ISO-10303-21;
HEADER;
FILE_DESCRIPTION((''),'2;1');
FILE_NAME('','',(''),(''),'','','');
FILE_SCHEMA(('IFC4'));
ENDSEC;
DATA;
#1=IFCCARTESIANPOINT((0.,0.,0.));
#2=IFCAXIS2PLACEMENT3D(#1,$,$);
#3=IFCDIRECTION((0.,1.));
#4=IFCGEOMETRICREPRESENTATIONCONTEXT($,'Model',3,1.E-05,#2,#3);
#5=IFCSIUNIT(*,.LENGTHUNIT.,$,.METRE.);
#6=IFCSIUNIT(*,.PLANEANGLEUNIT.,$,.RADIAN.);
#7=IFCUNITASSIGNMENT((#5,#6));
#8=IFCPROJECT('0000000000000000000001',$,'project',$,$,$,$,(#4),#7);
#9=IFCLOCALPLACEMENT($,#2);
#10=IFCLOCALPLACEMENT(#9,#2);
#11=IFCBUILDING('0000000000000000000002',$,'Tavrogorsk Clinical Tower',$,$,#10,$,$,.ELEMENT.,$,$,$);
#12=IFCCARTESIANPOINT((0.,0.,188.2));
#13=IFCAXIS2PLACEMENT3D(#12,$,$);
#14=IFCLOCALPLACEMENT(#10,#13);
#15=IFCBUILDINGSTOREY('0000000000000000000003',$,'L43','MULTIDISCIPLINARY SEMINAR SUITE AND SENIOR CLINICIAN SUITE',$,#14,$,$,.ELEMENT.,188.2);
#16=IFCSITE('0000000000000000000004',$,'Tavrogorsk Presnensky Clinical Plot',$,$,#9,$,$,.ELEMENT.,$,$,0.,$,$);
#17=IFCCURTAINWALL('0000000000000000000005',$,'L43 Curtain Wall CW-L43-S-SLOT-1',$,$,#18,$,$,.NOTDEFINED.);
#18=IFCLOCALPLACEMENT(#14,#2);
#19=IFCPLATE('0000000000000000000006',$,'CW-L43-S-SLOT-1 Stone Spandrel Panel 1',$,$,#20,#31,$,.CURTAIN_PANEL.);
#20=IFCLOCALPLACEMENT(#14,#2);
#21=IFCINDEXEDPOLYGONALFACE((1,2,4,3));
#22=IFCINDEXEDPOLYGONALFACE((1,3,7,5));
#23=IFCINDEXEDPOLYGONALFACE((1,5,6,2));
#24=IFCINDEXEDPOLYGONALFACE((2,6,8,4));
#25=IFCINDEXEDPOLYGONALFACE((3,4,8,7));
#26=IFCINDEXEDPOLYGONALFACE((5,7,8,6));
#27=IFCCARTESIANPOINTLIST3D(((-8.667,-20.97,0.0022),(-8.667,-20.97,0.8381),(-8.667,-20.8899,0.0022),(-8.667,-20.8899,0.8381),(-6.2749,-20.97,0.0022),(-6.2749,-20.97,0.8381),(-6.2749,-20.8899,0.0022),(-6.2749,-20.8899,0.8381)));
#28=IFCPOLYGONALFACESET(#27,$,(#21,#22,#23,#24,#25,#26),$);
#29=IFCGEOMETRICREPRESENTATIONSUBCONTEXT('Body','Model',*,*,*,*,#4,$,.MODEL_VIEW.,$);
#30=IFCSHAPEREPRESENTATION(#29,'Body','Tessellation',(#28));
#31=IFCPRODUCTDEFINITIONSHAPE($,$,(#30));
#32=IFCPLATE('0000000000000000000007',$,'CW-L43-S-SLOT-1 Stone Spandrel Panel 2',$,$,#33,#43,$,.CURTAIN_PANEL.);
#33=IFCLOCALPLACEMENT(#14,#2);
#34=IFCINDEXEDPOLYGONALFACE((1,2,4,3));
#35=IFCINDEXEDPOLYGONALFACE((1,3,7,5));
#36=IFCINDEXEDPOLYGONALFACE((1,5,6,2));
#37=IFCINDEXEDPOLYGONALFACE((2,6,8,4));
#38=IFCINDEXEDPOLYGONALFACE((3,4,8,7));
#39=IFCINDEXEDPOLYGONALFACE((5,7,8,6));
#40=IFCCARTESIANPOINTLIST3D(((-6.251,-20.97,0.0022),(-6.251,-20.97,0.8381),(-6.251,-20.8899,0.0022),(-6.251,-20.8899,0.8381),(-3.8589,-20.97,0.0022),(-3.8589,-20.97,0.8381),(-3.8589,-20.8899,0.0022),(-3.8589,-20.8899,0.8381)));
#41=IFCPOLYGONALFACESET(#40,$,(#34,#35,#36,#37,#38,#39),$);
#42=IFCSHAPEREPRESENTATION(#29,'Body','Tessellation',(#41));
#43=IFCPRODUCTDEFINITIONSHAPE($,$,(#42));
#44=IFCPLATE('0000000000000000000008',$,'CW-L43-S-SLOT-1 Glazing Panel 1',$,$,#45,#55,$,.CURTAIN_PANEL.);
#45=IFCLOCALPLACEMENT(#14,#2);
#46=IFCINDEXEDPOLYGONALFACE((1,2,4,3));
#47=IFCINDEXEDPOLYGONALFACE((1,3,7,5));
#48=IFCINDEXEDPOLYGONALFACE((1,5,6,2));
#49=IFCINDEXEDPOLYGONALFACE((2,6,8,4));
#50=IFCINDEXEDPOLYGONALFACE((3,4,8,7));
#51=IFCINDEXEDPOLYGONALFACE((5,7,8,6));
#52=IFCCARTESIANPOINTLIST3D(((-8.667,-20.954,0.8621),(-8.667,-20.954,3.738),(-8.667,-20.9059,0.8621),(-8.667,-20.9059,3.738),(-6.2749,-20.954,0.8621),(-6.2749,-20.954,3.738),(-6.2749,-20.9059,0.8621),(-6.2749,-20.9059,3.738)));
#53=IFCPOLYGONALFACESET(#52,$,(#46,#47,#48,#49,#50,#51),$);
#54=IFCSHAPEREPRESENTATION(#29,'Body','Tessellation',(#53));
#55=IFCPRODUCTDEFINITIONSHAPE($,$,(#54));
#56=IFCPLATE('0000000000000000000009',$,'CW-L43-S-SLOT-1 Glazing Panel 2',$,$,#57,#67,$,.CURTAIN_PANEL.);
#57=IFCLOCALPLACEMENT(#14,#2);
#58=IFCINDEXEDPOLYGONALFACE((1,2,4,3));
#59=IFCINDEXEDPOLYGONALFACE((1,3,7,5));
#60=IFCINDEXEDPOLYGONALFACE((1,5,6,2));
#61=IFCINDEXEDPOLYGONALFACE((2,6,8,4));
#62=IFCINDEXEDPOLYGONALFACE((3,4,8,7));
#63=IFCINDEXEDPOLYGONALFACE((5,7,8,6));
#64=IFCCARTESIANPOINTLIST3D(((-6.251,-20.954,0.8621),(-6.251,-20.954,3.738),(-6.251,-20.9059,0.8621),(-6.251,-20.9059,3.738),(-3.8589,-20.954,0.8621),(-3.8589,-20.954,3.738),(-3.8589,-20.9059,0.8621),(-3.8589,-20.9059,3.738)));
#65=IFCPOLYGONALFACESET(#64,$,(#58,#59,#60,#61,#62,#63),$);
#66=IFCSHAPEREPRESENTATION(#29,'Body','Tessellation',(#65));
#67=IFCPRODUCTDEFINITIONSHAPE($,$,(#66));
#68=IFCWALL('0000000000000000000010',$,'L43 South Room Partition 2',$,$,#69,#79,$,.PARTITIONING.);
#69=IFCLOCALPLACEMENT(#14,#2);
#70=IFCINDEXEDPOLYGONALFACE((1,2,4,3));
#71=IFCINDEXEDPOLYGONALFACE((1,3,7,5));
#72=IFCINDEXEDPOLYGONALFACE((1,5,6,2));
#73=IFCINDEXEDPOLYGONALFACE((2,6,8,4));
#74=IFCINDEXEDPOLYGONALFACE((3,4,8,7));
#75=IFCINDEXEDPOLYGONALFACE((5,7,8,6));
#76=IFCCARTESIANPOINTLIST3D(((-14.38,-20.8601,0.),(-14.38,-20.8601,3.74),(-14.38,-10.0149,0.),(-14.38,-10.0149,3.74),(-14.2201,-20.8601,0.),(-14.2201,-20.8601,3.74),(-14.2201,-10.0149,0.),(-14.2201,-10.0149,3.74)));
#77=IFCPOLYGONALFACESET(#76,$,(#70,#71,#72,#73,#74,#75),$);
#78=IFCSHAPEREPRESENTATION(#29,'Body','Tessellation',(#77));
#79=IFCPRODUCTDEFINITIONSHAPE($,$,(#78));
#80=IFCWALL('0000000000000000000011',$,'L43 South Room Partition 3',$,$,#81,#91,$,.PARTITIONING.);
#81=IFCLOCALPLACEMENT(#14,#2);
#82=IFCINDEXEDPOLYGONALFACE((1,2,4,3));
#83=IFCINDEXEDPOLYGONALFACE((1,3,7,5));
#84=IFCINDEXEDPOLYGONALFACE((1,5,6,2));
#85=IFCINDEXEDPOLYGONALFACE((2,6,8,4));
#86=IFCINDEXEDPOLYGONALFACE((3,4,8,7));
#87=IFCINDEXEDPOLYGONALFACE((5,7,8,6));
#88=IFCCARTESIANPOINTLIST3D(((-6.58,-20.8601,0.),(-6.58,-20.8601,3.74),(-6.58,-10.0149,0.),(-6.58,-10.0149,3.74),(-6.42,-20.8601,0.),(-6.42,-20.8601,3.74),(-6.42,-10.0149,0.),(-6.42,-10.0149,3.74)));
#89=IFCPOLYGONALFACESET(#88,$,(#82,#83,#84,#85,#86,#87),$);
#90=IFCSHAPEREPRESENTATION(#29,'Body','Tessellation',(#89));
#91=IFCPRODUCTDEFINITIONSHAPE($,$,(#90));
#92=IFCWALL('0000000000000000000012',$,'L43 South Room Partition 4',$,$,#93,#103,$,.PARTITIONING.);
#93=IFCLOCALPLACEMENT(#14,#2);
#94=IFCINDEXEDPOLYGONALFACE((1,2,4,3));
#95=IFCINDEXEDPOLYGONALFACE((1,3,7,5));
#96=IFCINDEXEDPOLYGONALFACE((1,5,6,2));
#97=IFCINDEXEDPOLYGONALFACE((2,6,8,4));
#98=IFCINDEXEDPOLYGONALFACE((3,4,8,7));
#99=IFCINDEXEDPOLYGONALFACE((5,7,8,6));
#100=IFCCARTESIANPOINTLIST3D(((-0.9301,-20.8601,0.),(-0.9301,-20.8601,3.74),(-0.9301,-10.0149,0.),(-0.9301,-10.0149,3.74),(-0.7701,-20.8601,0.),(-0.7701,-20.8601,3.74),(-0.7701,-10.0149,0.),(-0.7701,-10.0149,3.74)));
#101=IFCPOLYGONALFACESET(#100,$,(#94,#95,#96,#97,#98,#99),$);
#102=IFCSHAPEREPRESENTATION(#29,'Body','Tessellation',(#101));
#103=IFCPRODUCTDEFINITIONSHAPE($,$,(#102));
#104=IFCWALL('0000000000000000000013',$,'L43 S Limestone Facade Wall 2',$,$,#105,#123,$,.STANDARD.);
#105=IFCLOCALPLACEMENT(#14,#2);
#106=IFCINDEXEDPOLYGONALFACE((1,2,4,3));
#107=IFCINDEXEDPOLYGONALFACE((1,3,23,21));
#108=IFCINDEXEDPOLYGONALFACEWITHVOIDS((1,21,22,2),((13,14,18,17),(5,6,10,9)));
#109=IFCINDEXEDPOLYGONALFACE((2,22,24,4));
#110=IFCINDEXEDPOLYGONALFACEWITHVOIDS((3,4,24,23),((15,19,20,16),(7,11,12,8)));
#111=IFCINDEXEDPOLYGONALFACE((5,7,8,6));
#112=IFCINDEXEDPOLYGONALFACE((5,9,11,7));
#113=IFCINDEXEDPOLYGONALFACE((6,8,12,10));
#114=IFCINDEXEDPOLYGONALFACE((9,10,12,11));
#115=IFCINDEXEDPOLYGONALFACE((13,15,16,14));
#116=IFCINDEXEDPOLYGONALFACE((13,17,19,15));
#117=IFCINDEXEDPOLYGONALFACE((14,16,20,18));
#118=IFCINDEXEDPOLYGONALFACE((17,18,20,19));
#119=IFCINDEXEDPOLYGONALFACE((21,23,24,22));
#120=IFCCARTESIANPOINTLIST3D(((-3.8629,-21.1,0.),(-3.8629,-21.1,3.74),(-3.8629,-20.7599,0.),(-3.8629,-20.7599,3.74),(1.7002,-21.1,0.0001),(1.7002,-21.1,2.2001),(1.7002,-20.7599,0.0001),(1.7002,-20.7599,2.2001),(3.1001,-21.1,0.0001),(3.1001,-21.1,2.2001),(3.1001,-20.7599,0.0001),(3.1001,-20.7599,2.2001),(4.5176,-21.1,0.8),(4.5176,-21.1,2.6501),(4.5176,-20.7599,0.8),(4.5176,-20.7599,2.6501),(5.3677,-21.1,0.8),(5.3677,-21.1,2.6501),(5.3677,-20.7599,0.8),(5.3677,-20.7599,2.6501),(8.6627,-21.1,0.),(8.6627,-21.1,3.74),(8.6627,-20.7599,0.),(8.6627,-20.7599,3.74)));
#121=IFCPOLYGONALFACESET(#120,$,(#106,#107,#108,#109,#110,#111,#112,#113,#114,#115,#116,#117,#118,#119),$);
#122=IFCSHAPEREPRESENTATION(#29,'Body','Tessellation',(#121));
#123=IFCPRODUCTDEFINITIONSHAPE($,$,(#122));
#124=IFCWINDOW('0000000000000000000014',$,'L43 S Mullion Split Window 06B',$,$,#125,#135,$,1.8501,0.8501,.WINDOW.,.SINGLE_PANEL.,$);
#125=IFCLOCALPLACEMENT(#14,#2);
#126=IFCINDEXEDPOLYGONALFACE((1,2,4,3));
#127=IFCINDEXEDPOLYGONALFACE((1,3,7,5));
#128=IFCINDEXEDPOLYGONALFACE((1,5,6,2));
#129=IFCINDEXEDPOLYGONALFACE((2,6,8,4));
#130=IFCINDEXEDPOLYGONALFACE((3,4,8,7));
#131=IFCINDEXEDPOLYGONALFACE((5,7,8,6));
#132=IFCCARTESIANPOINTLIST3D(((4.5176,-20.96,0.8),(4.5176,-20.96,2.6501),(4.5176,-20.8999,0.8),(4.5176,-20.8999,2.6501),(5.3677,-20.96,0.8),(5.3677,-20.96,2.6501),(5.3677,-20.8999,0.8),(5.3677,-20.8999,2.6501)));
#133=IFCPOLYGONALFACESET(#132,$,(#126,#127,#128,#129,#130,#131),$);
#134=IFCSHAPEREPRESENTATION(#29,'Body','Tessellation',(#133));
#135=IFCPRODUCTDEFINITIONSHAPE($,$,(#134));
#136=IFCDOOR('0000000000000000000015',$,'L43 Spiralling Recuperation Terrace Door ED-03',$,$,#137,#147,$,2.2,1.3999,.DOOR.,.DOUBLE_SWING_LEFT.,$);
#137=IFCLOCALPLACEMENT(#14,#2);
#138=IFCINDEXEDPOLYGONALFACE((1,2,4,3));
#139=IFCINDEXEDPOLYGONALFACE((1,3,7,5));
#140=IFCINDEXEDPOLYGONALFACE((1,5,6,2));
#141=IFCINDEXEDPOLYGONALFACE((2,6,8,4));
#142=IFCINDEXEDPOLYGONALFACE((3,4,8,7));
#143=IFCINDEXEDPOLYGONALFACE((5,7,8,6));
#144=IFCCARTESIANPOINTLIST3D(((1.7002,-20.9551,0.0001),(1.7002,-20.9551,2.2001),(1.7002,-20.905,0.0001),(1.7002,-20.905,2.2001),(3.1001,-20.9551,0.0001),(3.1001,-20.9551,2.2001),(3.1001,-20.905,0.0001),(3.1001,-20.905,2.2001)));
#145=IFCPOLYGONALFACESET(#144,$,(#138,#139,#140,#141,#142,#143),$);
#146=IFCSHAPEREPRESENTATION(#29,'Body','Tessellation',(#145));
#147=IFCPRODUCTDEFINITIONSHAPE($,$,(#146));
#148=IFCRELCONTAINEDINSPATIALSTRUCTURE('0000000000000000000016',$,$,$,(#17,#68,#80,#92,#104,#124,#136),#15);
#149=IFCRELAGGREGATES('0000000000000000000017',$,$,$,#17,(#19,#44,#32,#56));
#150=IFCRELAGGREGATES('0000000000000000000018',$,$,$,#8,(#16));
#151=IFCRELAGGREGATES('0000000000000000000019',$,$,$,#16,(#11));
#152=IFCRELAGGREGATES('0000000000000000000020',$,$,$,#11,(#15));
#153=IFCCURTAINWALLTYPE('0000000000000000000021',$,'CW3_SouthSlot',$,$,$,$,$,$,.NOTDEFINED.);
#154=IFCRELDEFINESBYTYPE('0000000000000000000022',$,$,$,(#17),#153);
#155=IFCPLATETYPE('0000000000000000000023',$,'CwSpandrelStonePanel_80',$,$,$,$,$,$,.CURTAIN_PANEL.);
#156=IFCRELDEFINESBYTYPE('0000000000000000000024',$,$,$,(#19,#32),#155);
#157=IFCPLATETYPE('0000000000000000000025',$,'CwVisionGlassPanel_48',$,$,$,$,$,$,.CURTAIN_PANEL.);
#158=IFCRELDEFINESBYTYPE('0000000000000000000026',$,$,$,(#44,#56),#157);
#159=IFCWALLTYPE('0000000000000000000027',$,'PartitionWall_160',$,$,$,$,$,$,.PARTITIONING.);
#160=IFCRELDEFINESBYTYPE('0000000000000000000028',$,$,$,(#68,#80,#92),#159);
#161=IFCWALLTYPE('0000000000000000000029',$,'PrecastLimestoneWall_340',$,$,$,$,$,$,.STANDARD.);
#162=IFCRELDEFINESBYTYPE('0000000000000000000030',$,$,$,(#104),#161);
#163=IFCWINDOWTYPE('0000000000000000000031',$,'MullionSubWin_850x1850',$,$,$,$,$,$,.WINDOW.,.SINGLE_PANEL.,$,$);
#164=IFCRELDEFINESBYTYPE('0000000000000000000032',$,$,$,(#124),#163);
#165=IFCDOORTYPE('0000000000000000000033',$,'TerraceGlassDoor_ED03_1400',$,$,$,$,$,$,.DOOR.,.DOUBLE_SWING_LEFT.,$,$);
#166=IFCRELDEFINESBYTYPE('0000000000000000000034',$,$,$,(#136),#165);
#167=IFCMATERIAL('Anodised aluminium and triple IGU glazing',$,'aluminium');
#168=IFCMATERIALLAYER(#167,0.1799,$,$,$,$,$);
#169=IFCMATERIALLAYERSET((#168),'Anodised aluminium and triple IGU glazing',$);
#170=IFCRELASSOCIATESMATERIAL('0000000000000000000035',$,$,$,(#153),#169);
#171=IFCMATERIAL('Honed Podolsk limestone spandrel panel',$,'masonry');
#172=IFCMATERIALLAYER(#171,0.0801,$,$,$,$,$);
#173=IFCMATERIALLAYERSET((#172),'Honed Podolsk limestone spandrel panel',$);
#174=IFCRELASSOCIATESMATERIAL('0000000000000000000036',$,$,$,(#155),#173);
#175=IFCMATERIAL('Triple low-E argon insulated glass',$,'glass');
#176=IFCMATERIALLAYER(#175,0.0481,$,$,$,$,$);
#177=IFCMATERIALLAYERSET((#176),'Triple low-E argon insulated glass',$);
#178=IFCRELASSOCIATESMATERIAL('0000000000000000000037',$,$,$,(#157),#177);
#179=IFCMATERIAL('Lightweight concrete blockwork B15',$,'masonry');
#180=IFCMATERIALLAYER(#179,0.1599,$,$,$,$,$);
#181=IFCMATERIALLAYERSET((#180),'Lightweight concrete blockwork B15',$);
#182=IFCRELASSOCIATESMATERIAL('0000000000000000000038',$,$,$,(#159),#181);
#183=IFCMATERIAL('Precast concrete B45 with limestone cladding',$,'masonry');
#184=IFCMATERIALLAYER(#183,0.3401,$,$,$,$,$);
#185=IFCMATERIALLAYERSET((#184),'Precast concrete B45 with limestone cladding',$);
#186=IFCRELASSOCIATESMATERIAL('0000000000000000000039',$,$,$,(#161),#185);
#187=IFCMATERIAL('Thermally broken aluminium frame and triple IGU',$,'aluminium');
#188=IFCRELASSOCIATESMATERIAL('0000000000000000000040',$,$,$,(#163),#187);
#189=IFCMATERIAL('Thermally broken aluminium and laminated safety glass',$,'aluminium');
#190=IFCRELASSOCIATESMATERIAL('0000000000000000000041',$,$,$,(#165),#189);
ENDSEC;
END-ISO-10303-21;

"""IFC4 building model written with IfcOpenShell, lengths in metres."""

from ifc_helpers import new_model, si_unit, direction, frame, frame_2d, origin, origin_2d, place, context, subcontext, project, spatial, rectangle, extrude, material, layer, layer_set, type_object, element, fill, aggregate, save


model = new_model("IFC4")

# Units and contexts
model_context = context("Model", 3, precision=1e-05, world=origin(), true_north=direction((0.0, 1.0)))
body_context = subcontext(model_context, "Body", "Model", "MODEL_VIEW")
ifc_project = project(units=[si_unit("LENGTHUNIT", "METRE"), si_unit("PLANEANGLEUNIT", "RADIAN")], contexts=[model_context])

# Site, building, storey
site_placement = place(None, origin())
site = spatial("IfcSite", under=ifc_project, at=site_placement, Name="Tavrogorsk Presnensky Clinical Plot", CompositionType="ELEMENT", RefElevation=0.0)
building_placement = place(site_placement, origin())
building = spatial("IfcBuilding", under=site, at=building_placement, Name="Tavrogorsk Clinical Tower", CompositionType="ELEMENT")
storey_placement = place(building_placement, frame((0.0, 0.0, 188.2)))
storey = spatial("IfcBuildingStorey", under=building, at=storey_placement, Name="L43", Description="MULTIDISCIPLINARY SEMINAR SUITE AND SENIOR CLINICIAN SUITE", CompositionType="ELEMENT", Elevation=188.2)

# Curtain wall
ifc_material_1 = material(Name="Anodised aluminium and triple IGU glazing", Category="aluminium")
ifc_layer_1 = layer(ifc_material_1, 0.1799)
ifc_layer_set_1 = layer_set([ifc_layer_1], Name="Anodised aluminium and triple IGU glazing")
curtain_wall_type = type_object("IfcCurtainWallType", Name="CW3_SouthSlot", PredefinedType="NOTDEFINED", material=ifc_layer_set_1)
curtain_wall_placement = place(storey_placement, origin())
curtain_wall = element("IfcCurtainWall", 1, at=curtain_wall_placement, inside=storey, type_object=curtain_wall_type, Name="L43 Curtain Wall CW-L43-S-SLOT-1", PredefinedType="NOTDEFINED")

# Plates
ifc_material_2 = material(Name="Honed Podolsk limestone spandrel panel", Category="masonry")
ifc_layer_2 = layer(ifc_material_2, 0.0801)
ifc_layer_set_2 = layer_set([ifc_layer_2], Name="Honed Podolsk limestone spandrel panel")
plate_type_1 = type_object("IfcPlateType", Name="CwSpandrelStonePanel_80", PredefinedType="CURTAIN_PANEL", material=ifc_layer_set_2)
plate_1_placement = place(storey_placement, frame((-7.4709, -20.9299, 0.0022), z_axis=(0.0, 0.0, 1.0), x_axis=(1.0, 0.0, 0.0)))
plate_1 = element("IfcPlate", 2, at=plate_1_placement, type_object=plate_type_1, Name="CW-L43-S-SLOT-1 Stone Spandrel Panel 1", PredefinedType="CURTAIN_PANEL", context=body_context, shape_type="SweptSolid", body=[
    extrude(rectangle(XDim=2.3921, YDim=0.0801, at=origin_2d()), origin(), (0.0, 0.0, 1.0), 0.8359),
])
plate_2_placement = place(storey_placement, frame((-5.0549, -20.9299, 0.0022), z_axis=(0.0, 0.0, 1.0), x_axis=(1.0, 0.0, 0.0)))
plate_2 = element("IfcPlate", 3, at=plate_2_placement, type_object=plate_type_1, Name="CW-L43-S-SLOT-1 Stone Spandrel Panel 2", PredefinedType="CURTAIN_PANEL", context=body_context, shape_type="SweptSolid", body=[
    extrude(rectangle(XDim=2.3921, YDim=0.0801, at=origin_2d()), origin(), (0.0, 0.0, 1.0), 0.8359),
])
ifc_material_3 = material(Name="Triple low-E argon insulated glass", Category="glass")
ifc_layer_3 = layer(ifc_material_3, 0.0481)
ifc_layer_set_3 = layer_set([ifc_layer_3], Name="Triple low-E argon insulated glass")
plate_type_2 = type_object("IfcPlateType", Name="CwVisionGlassPanel_48", PredefinedType="CURTAIN_PANEL", material=ifc_layer_set_3)
plate_3_placement = place(storey_placement, frame((-7.4709, -20.9299, 0.8621), z_axis=(0.0, 0.0, 1.0), x_axis=(1.0, 0.0, 0.0)))
plate_3 = element("IfcPlate", 4, at=plate_3_placement, type_object=plate_type_2, Name="CW-L43-S-SLOT-1 Glazing Panel 1", PredefinedType="CURTAIN_PANEL", context=body_context, shape_type="SweptSolid", body=[
    extrude(rectangle(XDim=2.3921, YDim=0.0481, at=origin_2d()), origin(), (0.0, 0.0, 1.0), 2.876),
])
plate_4_placement = place(storey_placement, frame((-5.0549, -20.9299, 0.8621), z_axis=(0.0, 0.0, 1.0), x_axis=(1.0, 0.0, 0.0)))
plate_4 = element("IfcPlate", 5, at=plate_4_placement, type_object=plate_type_2, Name="CW-L43-S-SLOT-1 Glazing Panel 2", PredefinedType="CURTAIN_PANEL", context=body_context, shape_type="SweptSolid", body=[
    extrude(rectangle(XDim=2.3921, YDim=0.0481, at=origin_2d()), origin(), (0.0, 0.0, 1.0), 2.876),
])
aggregate(curtain_wall, [plate_1, plate_3, plate_2, plate_4])

# Walls
ifc_material_4 = material(Name="Lightweight concrete blockwork B15", Category="masonry")
ifc_layer_4 = layer(ifc_material_4, 0.1599)
ifc_layer_set_4 = layer_set([ifc_layer_4], Name="Lightweight concrete blockwork B15")
wall_type_1 = type_object("IfcWallType", Name="PartitionWall_160", PredefinedType="PARTITIONING", material=ifc_layer_set_4)
for number, where, z_axis, x_axis, name in (
    (6, (-14.3, -20.8601, 0.0), (0.0, 0.0, 1.0), (0.0, 1.0, 0.0), "L43 South Room Partition 2"),
    (7, (-6.5, -20.8601, 0.0), (0.0, 0.0, 1.0), (0.0, 1.0, 0.0), "L43 South Room Partition 3"),
    (8, (-0.8501, -20.8601, 0.0), (0.0, 0.0, 1.0), (0.0, 1.0, 0.0), "L43 South Room Partition 4"),
):
    element("IfcWall", number, at=place(storey_placement, frame(where, z_axis=z_axis, x_axis=x_axis)), inside=storey, type_object=wall_type_1, Name=name, PredefinedType="PARTITIONING", context=body_context, shape_type="SweptSolid", body=[
        extrude(rectangle(XDim=10.8452, YDim=0.1599, at=frame_2d((5.4226, 0.0))), origin(), (0.0, 0.0, 1.0), 3.74),
    ])

# Wall, openings, window, door
ifc_material_5 = material(Name="Precast concrete B45 with limestone cladding", Category="masonry")
ifc_layer_5 = layer(ifc_material_5, 0.3401)
ifc_layer_set_5 = layer_set([ifc_layer_5], Name="Precast concrete B45 with limestone cladding")
wall_type_2 = type_object("IfcWallType", Name="PrecastLimestoneWall_340", PredefinedType="STANDARD", material=ifc_layer_set_5)
wall_placement = place(storey_placement, frame((-3.8628, -20.9299, 0.0), z_axis=(0.0, 0.0, 1.0), x_axis=(1.0, 0.0, 0.0)))
wall = element("IfcWall", 9, at=wall_placement, inside=storey, type_object=wall_type_2, Name="L43 S Limestone Facade Wall 2", PredefinedType="STANDARD", context=body_context, shape_type="SweptSolid", body=[
    extrude(rectangle(XDim=12.5256, YDim=0.3401, at=frame_2d((6.2627, 0.0))), origin(), (0.0, 0.0, 1.0), 3.74),
])
opening_1_placement = place(wall_placement, frame((5.563, 0.0, 0.0)))
opening_1 = element("IfcOpeningElement", 10, at=opening_1_placement, cuts=wall, PredefinedType="OPENING", context=body_context, shape_type="SweptSolid", body=[
    extrude(rectangle(XDim=1.3999, YDim=2.2, at=frame_2d((0.7, 1.1001))), frame((0.0, 0.1799, 0.0), z_axis=(0.0, -1.0, 0.0), x_axis=(1.0, 0.0, 0.0)), (0.0, 0.0, 1.0), 0.3601),
])
opening_2_placement = place(wall_placement, frame((8.3804, 0.0, 0.8)))
opening_2 = element("IfcOpeningElement", 11, at=opening_2_placement, cuts=wall, PredefinedType="OPENING", context=body_context, shape_type="SweptSolid", body=[
    extrude(rectangle(XDim=0.8501, YDim=1.8501, at=frame_2d((0.425, 0.925))), frame((0.0, 0.1799, 0.0), z_axis=(0.0, -1.0, 0.0), x_axis=(1.0, 0.0, 0.0)), (0.0, 0.0, 1.0), 0.3601),
])
ifc_material_6 = material(Name="Thermally broken aluminium frame and triple IGU", Category="aluminium")
window_type = type_object("IfcWindowType", Name="MullionSubWin_850x1850", PartitioningType="SINGLE_PANEL", PredefinedType="WINDOW", material=ifc_material_6)
window_placement = place(opening_2_placement, origin())
window = element("IfcWindow", 12, at=window_placement, inside=storey, type_object=window_type, Name="L43 S Mullion Split Window 06B", OverallHeight=1.8501, OverallWidth=0.8501, PartitioningType="SINGLE_PANEL", PredefinedType="WINDOW", context=body_context, shape_type="SweptSolid", body=[
    extrude(rectangle(XDim=0.8501, YDim=1.8501, at=frame_2d((0.425, 0.925))), frame((0.0, 0.03, 0.0), z_axis=(0.0, -1.0, 0.0), x_axis=(1.0, 0.0, 0.0)), (0.0, 0.0, 1.0), 0.0601),
])
fill(opening_2, window)
ifc_material_7 = material(Name="Thermally broken aluminium and laminated safety glass", Category="aluminium")
door_type = type_object("IfcDoorType", Name="TerraceGlassDoor_ED03_1400", OperationType="DOUBLE_SWING_LEFT", PredefinedType="DOOR", material=ifc_material_7)
door_placement = place(opening_1_placement, origin())
door = element("IfcDoor", 13, at=door_placement, inside=storey, type_object=door_type, Name="L43 Spiralling Recuperation Terrace Door ED-03", OperationType="DOUBLE_SWING_LEFT", OverallHeight=2.2, OverallWidth=1.3999, PredefinedType="DOOR", context=body_context, shape_type="SweptSolid", body=[
    extrude(rectangle(XDim=1.3999, YDim=2.2, at=frame_2d((0.7, 1.1001))), frame((0.0, 0.0249, 0.0), z_axis=(0.0, -1.0, 0.0), x_axis=(1.0, 0.0, 0.0)), (0.0, 0.0, 1.0), 0.05),
])
fill(opening_1, door)

save(model, "model.ifc")
